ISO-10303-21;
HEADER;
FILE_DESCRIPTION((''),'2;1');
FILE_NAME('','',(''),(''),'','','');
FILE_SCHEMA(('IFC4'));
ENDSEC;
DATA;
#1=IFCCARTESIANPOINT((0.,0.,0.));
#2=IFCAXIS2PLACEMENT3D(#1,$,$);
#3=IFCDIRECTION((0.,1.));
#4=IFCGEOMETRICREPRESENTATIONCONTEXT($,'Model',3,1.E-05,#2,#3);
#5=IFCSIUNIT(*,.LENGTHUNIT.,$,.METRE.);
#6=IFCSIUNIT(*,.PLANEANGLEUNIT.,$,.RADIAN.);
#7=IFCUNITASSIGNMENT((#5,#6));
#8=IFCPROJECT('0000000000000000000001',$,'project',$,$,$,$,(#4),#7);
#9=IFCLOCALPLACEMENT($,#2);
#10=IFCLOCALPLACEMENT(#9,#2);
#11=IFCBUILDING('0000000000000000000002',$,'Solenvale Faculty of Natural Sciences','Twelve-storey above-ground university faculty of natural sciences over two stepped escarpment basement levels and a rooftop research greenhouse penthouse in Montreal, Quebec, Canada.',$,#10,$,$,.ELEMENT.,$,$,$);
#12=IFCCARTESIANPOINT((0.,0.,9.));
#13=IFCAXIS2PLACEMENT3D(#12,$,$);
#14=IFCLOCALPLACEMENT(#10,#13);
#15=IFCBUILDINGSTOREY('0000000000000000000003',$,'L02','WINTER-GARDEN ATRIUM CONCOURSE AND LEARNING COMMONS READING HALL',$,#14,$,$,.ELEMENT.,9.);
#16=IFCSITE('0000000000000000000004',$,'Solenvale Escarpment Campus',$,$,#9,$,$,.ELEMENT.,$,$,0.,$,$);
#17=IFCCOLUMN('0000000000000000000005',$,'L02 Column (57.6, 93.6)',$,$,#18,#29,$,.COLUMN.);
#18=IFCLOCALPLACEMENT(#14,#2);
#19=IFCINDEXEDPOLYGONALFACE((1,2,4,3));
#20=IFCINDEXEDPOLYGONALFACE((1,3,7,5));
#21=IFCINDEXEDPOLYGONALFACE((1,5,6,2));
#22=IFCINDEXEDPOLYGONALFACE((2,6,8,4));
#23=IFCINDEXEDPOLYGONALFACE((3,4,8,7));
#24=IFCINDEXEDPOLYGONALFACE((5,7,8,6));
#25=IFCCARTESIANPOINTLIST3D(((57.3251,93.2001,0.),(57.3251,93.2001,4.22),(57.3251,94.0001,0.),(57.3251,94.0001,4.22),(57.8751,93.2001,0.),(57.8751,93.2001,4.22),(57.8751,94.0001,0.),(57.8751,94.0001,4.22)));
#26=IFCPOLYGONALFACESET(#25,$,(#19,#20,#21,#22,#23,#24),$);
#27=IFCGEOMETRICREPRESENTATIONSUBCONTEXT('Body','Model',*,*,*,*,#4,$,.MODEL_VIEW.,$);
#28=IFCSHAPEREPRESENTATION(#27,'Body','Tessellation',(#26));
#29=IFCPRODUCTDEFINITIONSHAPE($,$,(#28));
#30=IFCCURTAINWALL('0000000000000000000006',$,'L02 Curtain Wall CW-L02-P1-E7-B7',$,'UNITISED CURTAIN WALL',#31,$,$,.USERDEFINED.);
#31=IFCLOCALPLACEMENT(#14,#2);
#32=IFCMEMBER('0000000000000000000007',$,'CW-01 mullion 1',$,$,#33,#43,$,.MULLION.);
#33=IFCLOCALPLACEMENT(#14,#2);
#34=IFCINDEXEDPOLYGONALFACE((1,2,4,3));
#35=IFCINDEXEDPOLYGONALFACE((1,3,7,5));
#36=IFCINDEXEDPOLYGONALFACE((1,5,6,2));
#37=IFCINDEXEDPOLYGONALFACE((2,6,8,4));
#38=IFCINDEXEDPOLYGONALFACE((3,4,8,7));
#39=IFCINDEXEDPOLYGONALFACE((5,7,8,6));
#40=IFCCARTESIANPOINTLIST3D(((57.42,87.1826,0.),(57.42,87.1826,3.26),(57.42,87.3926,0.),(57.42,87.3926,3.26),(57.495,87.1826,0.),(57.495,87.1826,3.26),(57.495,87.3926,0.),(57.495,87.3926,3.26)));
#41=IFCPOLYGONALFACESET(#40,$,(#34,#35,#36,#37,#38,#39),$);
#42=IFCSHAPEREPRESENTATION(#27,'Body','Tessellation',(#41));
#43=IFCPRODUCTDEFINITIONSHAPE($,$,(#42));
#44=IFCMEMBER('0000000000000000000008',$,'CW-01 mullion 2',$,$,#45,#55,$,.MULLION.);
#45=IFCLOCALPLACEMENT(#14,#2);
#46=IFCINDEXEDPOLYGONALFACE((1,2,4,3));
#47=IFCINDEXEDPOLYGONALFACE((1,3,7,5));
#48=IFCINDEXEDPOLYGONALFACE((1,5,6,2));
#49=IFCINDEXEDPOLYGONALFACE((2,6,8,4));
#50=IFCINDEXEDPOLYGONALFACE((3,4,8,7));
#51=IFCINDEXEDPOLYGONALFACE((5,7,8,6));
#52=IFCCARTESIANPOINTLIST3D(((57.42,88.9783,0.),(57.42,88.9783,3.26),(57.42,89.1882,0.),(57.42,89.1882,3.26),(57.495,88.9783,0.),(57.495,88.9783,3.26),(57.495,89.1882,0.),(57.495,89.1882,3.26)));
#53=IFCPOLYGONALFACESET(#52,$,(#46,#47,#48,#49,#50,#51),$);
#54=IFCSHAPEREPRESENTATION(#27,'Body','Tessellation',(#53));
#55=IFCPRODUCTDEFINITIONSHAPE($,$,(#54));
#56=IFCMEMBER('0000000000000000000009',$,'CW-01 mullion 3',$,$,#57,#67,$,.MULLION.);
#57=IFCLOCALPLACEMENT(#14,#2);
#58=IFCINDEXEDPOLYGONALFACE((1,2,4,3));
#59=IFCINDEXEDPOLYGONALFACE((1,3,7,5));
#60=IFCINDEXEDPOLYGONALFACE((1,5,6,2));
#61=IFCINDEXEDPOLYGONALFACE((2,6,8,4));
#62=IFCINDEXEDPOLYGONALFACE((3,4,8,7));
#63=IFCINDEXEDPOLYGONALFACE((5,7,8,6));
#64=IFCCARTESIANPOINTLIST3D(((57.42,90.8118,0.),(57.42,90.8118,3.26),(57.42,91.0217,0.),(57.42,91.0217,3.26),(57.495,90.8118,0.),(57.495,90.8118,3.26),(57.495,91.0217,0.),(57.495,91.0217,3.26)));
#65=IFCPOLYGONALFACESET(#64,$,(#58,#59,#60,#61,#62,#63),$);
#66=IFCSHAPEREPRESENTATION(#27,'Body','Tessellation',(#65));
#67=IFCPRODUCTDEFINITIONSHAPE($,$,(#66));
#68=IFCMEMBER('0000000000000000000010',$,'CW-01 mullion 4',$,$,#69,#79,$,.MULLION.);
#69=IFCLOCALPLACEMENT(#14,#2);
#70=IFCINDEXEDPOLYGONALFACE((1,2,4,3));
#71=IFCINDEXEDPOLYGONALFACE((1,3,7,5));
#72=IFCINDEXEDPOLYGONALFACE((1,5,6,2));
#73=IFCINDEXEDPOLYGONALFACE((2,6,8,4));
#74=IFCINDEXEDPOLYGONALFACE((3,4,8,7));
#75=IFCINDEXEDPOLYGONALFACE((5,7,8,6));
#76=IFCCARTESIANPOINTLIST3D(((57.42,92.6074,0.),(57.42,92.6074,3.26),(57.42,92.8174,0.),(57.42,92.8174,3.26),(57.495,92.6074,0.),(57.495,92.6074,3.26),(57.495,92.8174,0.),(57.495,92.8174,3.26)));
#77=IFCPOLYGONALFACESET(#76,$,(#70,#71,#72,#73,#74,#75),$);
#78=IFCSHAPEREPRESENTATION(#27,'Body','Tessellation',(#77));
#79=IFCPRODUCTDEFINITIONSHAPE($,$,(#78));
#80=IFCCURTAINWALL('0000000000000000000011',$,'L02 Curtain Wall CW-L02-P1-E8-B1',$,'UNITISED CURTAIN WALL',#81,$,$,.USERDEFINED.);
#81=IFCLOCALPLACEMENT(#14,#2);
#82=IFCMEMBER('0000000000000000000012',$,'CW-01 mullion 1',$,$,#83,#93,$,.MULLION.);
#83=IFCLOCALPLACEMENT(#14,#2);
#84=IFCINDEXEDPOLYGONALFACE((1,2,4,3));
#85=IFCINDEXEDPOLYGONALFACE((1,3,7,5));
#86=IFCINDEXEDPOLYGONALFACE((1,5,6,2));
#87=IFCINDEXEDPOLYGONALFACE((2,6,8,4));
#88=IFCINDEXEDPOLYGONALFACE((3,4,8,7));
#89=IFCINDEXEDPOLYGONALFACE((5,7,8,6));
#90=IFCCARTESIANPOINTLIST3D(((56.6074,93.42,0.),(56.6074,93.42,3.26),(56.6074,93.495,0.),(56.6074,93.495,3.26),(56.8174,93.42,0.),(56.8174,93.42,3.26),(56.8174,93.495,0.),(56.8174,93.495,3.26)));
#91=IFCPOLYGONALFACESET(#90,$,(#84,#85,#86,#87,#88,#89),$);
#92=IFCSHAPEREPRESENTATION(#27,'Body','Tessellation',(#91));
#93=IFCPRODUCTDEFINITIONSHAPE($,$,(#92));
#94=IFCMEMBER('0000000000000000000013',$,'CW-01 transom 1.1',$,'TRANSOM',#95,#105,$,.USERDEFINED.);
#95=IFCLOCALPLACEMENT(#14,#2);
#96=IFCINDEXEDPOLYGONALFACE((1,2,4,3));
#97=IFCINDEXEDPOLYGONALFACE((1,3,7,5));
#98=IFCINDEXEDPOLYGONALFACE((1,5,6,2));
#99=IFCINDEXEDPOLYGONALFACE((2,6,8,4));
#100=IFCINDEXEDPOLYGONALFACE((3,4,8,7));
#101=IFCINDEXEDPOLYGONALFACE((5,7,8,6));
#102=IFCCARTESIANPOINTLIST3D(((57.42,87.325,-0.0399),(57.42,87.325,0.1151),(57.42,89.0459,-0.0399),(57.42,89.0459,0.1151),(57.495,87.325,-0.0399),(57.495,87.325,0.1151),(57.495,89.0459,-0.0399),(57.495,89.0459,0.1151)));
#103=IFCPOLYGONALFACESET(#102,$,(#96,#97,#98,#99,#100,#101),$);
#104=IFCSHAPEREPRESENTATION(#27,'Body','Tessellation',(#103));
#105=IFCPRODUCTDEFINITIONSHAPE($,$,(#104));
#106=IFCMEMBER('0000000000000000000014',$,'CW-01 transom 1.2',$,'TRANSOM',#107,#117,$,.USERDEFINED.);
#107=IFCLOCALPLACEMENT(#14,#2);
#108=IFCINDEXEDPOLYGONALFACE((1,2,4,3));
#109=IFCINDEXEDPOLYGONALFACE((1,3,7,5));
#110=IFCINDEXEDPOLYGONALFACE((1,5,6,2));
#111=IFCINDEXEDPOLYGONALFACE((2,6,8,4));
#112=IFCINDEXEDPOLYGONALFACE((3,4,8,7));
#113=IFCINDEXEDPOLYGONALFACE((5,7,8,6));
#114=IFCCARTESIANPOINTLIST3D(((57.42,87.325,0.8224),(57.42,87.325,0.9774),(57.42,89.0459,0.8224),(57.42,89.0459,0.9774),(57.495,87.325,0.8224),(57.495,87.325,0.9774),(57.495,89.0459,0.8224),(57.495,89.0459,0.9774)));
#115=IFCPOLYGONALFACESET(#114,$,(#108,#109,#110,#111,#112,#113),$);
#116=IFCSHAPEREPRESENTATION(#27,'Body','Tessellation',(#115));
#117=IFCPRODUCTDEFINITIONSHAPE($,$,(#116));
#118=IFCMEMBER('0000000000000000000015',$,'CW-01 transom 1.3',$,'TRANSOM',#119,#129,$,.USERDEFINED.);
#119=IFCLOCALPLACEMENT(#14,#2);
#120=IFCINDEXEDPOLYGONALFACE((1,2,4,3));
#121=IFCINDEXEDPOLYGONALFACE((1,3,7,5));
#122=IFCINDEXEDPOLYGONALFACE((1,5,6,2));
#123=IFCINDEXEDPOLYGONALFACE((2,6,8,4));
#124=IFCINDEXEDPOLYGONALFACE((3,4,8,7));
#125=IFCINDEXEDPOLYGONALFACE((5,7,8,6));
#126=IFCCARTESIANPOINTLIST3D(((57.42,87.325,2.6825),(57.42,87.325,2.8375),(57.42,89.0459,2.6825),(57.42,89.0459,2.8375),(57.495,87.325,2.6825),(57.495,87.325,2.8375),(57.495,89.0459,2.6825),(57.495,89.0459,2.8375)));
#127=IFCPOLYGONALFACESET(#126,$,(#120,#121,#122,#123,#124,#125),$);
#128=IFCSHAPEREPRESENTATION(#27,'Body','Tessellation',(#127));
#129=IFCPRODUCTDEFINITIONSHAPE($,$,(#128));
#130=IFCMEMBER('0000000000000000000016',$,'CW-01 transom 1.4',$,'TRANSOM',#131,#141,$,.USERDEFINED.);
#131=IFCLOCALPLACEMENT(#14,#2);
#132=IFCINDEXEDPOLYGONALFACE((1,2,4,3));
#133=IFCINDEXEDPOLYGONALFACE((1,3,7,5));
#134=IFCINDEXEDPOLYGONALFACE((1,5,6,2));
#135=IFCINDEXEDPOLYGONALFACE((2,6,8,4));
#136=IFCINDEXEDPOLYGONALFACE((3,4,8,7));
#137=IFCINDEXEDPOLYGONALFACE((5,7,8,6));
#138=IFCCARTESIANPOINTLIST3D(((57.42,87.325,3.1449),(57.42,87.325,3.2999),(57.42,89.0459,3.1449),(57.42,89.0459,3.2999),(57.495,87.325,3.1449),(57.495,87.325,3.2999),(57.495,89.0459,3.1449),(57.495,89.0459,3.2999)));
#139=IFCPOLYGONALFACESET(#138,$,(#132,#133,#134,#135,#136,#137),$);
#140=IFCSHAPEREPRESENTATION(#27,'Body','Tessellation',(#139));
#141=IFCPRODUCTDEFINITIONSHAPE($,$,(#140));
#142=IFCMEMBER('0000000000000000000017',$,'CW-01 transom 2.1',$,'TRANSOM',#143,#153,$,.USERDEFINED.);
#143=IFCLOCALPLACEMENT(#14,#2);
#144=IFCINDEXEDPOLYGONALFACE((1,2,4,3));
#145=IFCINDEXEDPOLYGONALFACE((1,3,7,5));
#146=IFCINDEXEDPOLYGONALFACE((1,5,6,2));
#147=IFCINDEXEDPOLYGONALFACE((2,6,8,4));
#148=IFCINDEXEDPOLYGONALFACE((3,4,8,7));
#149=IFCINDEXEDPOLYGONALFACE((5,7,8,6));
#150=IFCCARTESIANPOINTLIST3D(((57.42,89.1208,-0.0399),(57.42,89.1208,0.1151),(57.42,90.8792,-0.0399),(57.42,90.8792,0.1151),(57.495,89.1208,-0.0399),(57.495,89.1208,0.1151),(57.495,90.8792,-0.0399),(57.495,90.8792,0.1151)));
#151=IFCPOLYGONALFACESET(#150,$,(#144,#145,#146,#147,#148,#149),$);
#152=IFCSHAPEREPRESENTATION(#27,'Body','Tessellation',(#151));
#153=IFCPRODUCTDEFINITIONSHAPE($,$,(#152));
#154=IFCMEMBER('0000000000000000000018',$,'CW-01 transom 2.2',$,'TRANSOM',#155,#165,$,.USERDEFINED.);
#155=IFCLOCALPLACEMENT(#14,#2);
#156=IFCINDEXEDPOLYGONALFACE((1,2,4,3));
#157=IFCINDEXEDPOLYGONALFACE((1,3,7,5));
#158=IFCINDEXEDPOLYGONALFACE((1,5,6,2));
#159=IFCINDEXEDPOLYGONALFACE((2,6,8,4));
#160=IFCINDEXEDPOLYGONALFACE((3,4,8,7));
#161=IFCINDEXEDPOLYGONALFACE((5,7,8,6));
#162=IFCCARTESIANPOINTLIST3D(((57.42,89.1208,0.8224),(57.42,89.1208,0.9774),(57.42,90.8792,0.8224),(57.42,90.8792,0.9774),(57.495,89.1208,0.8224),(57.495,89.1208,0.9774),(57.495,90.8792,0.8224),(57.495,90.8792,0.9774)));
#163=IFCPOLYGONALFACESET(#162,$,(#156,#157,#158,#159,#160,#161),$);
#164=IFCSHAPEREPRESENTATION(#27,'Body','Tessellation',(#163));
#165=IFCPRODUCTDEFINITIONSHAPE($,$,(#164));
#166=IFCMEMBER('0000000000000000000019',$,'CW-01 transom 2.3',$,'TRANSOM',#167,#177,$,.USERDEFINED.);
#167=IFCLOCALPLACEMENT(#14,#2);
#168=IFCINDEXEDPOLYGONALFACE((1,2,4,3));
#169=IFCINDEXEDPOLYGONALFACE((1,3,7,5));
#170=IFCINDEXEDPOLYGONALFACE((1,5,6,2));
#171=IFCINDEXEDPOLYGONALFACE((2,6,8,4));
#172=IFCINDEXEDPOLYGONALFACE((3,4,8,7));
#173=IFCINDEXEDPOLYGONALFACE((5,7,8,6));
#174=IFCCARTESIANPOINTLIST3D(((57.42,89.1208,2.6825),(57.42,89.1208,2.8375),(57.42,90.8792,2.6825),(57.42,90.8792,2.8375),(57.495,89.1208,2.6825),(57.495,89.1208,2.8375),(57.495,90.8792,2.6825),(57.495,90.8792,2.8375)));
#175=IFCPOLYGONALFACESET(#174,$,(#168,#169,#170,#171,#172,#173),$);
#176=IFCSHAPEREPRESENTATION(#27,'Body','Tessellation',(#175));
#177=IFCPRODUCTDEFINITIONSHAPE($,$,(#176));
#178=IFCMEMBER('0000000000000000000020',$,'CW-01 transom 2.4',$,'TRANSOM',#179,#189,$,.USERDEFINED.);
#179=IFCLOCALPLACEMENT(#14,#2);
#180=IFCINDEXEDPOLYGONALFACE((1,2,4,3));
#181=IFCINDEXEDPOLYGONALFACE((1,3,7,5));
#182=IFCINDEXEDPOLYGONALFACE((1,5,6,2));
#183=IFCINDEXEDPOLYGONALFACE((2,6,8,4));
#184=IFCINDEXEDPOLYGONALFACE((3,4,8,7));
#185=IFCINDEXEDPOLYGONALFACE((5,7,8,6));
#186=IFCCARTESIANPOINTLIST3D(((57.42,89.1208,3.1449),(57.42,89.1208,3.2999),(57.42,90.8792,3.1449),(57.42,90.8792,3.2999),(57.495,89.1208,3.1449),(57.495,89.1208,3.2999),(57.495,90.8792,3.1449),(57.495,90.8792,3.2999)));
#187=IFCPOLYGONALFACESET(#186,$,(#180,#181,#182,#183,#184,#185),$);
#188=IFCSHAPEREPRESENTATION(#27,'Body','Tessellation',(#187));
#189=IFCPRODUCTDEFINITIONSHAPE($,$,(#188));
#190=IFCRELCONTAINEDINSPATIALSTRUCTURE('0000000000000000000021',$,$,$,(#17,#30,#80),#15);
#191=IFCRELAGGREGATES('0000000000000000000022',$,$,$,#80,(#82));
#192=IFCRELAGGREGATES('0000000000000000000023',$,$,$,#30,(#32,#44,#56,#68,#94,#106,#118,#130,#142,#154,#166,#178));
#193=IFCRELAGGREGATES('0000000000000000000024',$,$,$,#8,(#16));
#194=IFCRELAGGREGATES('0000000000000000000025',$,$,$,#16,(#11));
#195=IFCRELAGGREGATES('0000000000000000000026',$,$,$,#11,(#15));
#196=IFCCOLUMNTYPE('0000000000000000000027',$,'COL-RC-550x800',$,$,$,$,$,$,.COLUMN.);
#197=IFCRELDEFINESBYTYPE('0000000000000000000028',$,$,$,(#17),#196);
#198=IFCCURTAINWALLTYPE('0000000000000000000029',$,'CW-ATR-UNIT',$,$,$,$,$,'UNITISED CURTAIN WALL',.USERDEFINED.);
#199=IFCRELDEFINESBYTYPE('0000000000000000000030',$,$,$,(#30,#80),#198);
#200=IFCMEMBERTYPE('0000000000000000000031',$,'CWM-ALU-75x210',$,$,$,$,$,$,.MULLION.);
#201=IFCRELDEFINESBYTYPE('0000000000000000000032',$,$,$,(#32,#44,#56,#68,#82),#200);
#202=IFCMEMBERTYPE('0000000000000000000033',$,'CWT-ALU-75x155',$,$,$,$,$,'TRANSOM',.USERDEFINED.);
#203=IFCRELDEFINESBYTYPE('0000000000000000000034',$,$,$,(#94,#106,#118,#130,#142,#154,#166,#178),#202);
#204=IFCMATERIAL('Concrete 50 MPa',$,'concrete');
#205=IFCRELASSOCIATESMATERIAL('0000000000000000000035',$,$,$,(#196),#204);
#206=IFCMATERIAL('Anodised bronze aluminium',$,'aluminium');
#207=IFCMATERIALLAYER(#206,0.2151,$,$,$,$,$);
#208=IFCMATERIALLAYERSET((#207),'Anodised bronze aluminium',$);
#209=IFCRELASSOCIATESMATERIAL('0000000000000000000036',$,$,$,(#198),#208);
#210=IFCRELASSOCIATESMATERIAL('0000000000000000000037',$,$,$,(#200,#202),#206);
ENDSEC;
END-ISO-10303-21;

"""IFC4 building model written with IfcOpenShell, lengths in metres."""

from ifc_helpers import new_model, si_unit, direction, frame, origin, origin_2d, place, context, subcontext, project, spatial, rectangle, extrude, material, layer, layer_set, material_profile, profile_set, type_object, element, aggregate, save


model = new_model("IFC4")

# Units and contexts
model_context = context("Model", 3, precision=1e-05, world=origin(), true_north=direction((0.0, 1.0)))
body_context = subcontext(model_context, "Body", "Model", "MODEL_VIEW")
ifc_project = project(units=[si_unit("LENGTHUNIT", "METRE"), si_unit("PLANEANGLEUNIT", "RADIAN")], contexts=[model_context])

# Site, building, storey
site_placement = place(None, origin())
site = spatial("IfcSite", under=ifc_project, at=site_placement, Name="Solenvale Escarpment Campus", CompositionType="ELEMENT", RefElevation=0.0)
building_placement = place(site_placement, origin())
building = spatial("IfcBuilding", under=site, at=building_placement, Name="Solenvale Faculty of Natural Sciences", Description="Twelve-storey above-ground university faculty of natural sciences over two stepped escarpment basement levels and a rooftop research greenhouse penthouse in Montreal, Quebec, Canada.", CompositionType="ELEMENT")
storey_placement = place(building_placement, frame((0.0, 0.0, 9.0)))
storey = spatial("IfcBuildingStorey", under=building, at=storey_placement, Name="L02", Description="WINTER-GARDEN ATRIUM CONCOURSE AND LEARNING COMMONS READING HALL", CompositionType="ELEMENT", Elevation=9.0)

# Column
ifc_material_1 = material(Name="Concrete 50 MPa", Category="concrete")
ifc_material_profile_1 = material_profile(ifc_material_1, rectangle(XDim=0.55, YDim=0.8, at=origin_2d()), Name="RC-COL-550x800")
ifc_profile_set_1 = profile_set([ifc_material_profile_1], Name="Concrete 50 MPa")
column_type = type_object("IfcColumnType", Name="COL-RC-550x800", PredefinedType="COLUMN", material=ifc_profile_set_1)
column_placement = place(storey_placement, frame((57.6001, 93.6001, 0.0), z_axis=(0.0, 0.0, 1.0), x_axis=(1.0, 0.0, 0.0)))
element("IfcColumn", 1, at=column_placement, inside=storey, type_object=column_type, Name="L02 Column (57.6, 93.6)", PredefinedType="COLUMN", context=body_context, shape_type="SweptSolid", body=[
    extrude(rectangle(XDim=0.55, YDim=0.8, at=origin_2d()), origin(), (0.0, 0.0, 1.0), 4.22),
])

# Curtain wall, members
ifc_material_2 = material(Name="Anodised bronze aluminium", Category="aluminium")
ifc_layer_1 = layer(ifc_material_2, 0.2151)
ifc_layer_set_1 = layer_set([ifc_layer_1], Name="Anodised bronze aluminium")
curtain_wall_type = type_object("IfcCurtainWallType", Name="CW-ATR-UNIT", ElementType="UNITISED CURTAIN WALL", PredefinedType="USERDEFINED", material=ifc_layer_set_1)
curtain_wall_1_placement = place(storey_placement, origin())
curtain_wall_1 = element("IfcCurtainWall", 2, at=curtain_wall_1_placement, inside=storey, type_object=curtain_wall_type, Name="L02 Curtain Wall CW-L02-P1-E7-B7", ObjectType="UNITISED CURTAIN WALL", PredefinedType="USERDEFINED")
ifc_material_profile_2 = material_profile(ifc_material_2, rectangle(XDim=0.075, YDim=0.21, at=origin_2d()), Name="ALU-MUL-75x210")
ifc_profile_set_2 = profile_set([ifc_material_profile_2], Name="Anodised bronze aluminium")
member_type_1 = type_object("IfcMemberType", Name="CWM-ALU-75x210", PredefinedType="MULLION", material=ifc_profile_set_2)
member_1_placement = place(storey_placement, frame((57.4575, 87.2876, 0.0), z_axis=(0.0, 0.0, 1.0), x_axis=(-1.0, 0.0, 0.0)))
member_1 = element("IfcMember", 3, at=member_1_placement, type_object=member_type_1, Name="CW-01 mullion 1", PredefinedType="MULLION", context=body_context, shape_type="SweptSolid", body=[
    extrude(rectangle(XDim=0.075, YDim=0.21, at=origin_2d()), origin(), (0.0, 0.0, 1.0), 3.26),
])
member_2_placement = place(storey_placement, frame((57.4575, 89.0833, 0.0), z_axis=(0.0, 0.0, 1.0), x_axis=(-1.0, 0.0, 0.0)))
member_2 = element("IfcMember", 4, at=member_2_placement, type_object=member_type_1, Name="CW-01 mullion 2", PredefinedType="MULLION", context=body_context, shape_type="SweptSolid", body=[
    extrude(rectangle(XDim=0.075, YDim=0.21, at=origin_2d()), origin(), (0.0, 0.0, 1.0), 3.26),
])
member_3_placement = place(storey_placement, frame((57.4575, 90.9167, 0.0), z_axis=(0.0, 0.0, 1.0), x_axis=(-1.0, 0.0, 0.0)))
member_3 = element("IfcMember", 5, at=member_3_placement, type_object=member_type_1, Name="CW-01 mullion 3", PredefinedType="MULLION", context=body_context, shape_type="SweptSolid", body=[
    extrude(rectangle(XDim=0.075, YDim=0.21, at=origin_2d()), origin(), (0.0, 0.0, 1.0), 3.26),
])
member_4_placement = place(storey_placement, frame((57.4575, 92.7124, 0.0), z_axis=(0.0, 0.0, 1.0), x_axis=(-1.0, 0.0, 0.0)))
member_4 = element("IfcMember", 6, at=member_4_placement, type_object=member_type_1, Name="CW-01 mullion 4", PredefinedType="MULLION", context=body_context, shape_type="SweptSolid", body=[
    extrude(rectangle(XDim=0.075, YDim=0.21, at=origin_2d()), origin(), (0.0, 0.0, 1.0), 3.26),
])

# Curtain wall, member
curtain_wall_2_placement = place(storey_placement, origin())
curtain_wall_2 = element("IfcCurtainWall", 7, at=curtain_wall_2_placement, inside=storey, type_object=curtain_wall_type, Name="L02 Curtain Wall CW-L02-P1-E8-B1", ObjectType="UNITISED CURTAIN WALL", PredefinedType="USERDEFINED")
member_5_placement = place(storey_placement, frame((56.7124, 93.4575, 0.0), z_axis=(0.0, 0.0, 1.0), x_axis=(0.0, -1.0, 0.0)))
member_5 = element("IfcMember", 8, at=member_5_placement, type_object=member_type_1, Name="CW-01 mullion 1", PredefinedType="MULLION", context=body_context, shape_type="SweptSolid", body=[
    extrude(rectangle(XDim=0.075, YDim=0.21, at=origin_2d()), origin(), (0.0, 0.0, 1.0), 3.26),
])
aggregate(curtain_wall_2, [member_5])

# Members
ifc_material_profile_3 = material_profile(ifc_material_2, rectangle(XDim=0.075, YDim=0.155, at=origin_2d()), Name="ALU-TRN-75x155")
ifc_profile_set_3 = profile_set([ifc_material_profile_3], Name="Anodised bronze aluminium")
member_type_2 = type_object("IfcMemberType", Name="CWT-ALU-75x155", ElementType="TRANSOM", PredefinedType="USERDEFINED", material=ifc_profile_set_3)
member_6_placement = place(storey_placement, frame((57.4575, 87.325, 0.0376), z_axis=(0.0, 1.0, 0.0), x_axis=(-1.0, 0.0, 0.0)))
member_6 = element("IfcMember", 9, at=member_6_placement, type_object=member_type_2, Name="CW-01 transom 1.1", ObjectType="TRANSOM", PredefinedType="USERDEFINED", context=body_context, shape_type="SweptSolid", body=[
    extrude(rectangle(XDim=0.075, YDim=0.155, at=origin_2d()), origin(), (0.0, 0.0, 1.0), 1.7209),
])
member_7_placement = place(storey_placement, frame((57.4575, 87.325, 0.8999), z_axis=(0.0, 1.0, 0.0), x_axis=(-1.0, 0.0, 0.0)))
member_7 = element("IfcMember", 10, at=member_7_placement, type_object=member_type_2, Name="CW-01 transom 1.2", ObjectType="TRANSOM", PredefinedType="USERDEFINED", context=body_context, shape_type="SweptSolid", body=[
    extrude(rectangle(XDim=0.075, YDim=0.155, at=origin_2d()), origin(), (0.0, 0.0, 1.0), 1.7209),
])
member_8_placement = place(storey_placement, frame((57.4575, 87.325, 2.76), z_axis=(0.0, 1.0, 0.0), x_axis=(-1.0, 0.0, 0.0)))
member_8 = element("IfcMember", 11, at=member_8_placement, type_object=member_type_2, Name="CW-01 transom 1.3", ObjectType="TRANSOM", PredefinedType="USERDEFINED", context=body_context, shape_type="SweptSolid", body=[
    extrude(rectangle(XDim=0.075, YDim=0.155, at=origin_2d()), origin(), (0.0, 0.0, 1.0), 1.7209),
])
member_9_placement = place(storey_placement, frame((57.4575, 87.325, 3.2224), z_axis=(0.0, 1.0, 0.0), x_axis=(-1.0, 0.0, 0.0)))
member_9 = element("IfcMember", 12, at=member_9_placement, type_object=member_type_2, Name="CW-01 transom 1.4", ObjectType="TRANSOM", PredefinedType="USERDEFINED", context=body_context, shape_type="SweptSolid", body=[
    extrude(rectangle(XDim=0.075, YDim=0.155, at=origin_2d()), origin(), (0.0, 0.0, 1.0), 1.7209),
])
member_10_placement = place(storey_placement, frame((57.4575, 89.1208, 0.0376), z_axis=(0.0, 1.0, 0.0), x_axis=(-1.0, 0.0, 0.0)))
member_10 = element("IfcMember", 13, at=member_10_placement, type_object=member_type_2, Name="CW-01 transom 2.1", ObjectType="TRANSOM", PredefinedType="USERDEFINED", context=body_context, shape_type="SweptSolid", body=[
    extrude(rectangle(XDim=0.075, YDim=0.155, at=origin_2d()), origin(), (0.0, 0.0, 1.0), 1.7583),
])
member_11_placement = place(storey_placement, frame((57.4575, 89.1208, 0.8999), z_axis=(0.0, 1.0, 0.0), x_axis=(-1.0, 0.0, 0.0)))
member_11 = element("IfcMember", 14, at=member_11_placement, type_object=member_type_2, Name="CW-01 transom 2.2", ObjectType="TRANSOM", PredefinedType="USERDEFINED", context=body_context, shape_type="SweptSolid", body=[
    extrude(rectangle(XDim=0.075, YDim=0.155, at=origin_2d()), origin(), (0.0, 0.0, 1.0), 1.7583),
])
member_12_placement = place(storey_placement, frame((57.4575, 89.1208, 2.76), z_axis=(0.0, 1.0, 0.0), x_axis=(-1.0, 0.0, 0.0)))
member_12 = element("IfcMember", 15, at=member_12_placement, type_object=member_type_2, Name="CW-01 transom 2.3", ObjectType="TRANSOM", PredefinedType="USERDEFINED", context=body_context, shape_type="SweptSolid", body=[
    extrude(rectangle(XDim=0.075, YDim=0.155, at=origin_2d()), origin(), (0.0, 0.0, 1.0), 1.7583),
])
member_13_placement = place(storey_placement, frame((57.4575, 89.1208, 3.2224), z_axis=(0.0, 1.0, 0.0), x_axis=(-1.0, 0.0, 0.0)))
member_13 = element("IfcMember", 16, at=member_13_placement, type_object=member_type_2, Name="CW-01 transom 2.4", ObjectType="TRANSOM", PredefinedType="USERDEFINED", context=body_context, shape_type="SweptSolid", body=[
    extrude(rectangle(XDim=0.075, YDim=0.155, at=origin_2d()), origin(), (0.0, 0.0, 1.0), 1.7583),
])

aggregate(curtain_wall_1, [member_1, member_2, member_3, member_4, member_6, member_7, member_8, member_9, member_10, member_11, member_12, member_13])

save(model, "model.ifc")
